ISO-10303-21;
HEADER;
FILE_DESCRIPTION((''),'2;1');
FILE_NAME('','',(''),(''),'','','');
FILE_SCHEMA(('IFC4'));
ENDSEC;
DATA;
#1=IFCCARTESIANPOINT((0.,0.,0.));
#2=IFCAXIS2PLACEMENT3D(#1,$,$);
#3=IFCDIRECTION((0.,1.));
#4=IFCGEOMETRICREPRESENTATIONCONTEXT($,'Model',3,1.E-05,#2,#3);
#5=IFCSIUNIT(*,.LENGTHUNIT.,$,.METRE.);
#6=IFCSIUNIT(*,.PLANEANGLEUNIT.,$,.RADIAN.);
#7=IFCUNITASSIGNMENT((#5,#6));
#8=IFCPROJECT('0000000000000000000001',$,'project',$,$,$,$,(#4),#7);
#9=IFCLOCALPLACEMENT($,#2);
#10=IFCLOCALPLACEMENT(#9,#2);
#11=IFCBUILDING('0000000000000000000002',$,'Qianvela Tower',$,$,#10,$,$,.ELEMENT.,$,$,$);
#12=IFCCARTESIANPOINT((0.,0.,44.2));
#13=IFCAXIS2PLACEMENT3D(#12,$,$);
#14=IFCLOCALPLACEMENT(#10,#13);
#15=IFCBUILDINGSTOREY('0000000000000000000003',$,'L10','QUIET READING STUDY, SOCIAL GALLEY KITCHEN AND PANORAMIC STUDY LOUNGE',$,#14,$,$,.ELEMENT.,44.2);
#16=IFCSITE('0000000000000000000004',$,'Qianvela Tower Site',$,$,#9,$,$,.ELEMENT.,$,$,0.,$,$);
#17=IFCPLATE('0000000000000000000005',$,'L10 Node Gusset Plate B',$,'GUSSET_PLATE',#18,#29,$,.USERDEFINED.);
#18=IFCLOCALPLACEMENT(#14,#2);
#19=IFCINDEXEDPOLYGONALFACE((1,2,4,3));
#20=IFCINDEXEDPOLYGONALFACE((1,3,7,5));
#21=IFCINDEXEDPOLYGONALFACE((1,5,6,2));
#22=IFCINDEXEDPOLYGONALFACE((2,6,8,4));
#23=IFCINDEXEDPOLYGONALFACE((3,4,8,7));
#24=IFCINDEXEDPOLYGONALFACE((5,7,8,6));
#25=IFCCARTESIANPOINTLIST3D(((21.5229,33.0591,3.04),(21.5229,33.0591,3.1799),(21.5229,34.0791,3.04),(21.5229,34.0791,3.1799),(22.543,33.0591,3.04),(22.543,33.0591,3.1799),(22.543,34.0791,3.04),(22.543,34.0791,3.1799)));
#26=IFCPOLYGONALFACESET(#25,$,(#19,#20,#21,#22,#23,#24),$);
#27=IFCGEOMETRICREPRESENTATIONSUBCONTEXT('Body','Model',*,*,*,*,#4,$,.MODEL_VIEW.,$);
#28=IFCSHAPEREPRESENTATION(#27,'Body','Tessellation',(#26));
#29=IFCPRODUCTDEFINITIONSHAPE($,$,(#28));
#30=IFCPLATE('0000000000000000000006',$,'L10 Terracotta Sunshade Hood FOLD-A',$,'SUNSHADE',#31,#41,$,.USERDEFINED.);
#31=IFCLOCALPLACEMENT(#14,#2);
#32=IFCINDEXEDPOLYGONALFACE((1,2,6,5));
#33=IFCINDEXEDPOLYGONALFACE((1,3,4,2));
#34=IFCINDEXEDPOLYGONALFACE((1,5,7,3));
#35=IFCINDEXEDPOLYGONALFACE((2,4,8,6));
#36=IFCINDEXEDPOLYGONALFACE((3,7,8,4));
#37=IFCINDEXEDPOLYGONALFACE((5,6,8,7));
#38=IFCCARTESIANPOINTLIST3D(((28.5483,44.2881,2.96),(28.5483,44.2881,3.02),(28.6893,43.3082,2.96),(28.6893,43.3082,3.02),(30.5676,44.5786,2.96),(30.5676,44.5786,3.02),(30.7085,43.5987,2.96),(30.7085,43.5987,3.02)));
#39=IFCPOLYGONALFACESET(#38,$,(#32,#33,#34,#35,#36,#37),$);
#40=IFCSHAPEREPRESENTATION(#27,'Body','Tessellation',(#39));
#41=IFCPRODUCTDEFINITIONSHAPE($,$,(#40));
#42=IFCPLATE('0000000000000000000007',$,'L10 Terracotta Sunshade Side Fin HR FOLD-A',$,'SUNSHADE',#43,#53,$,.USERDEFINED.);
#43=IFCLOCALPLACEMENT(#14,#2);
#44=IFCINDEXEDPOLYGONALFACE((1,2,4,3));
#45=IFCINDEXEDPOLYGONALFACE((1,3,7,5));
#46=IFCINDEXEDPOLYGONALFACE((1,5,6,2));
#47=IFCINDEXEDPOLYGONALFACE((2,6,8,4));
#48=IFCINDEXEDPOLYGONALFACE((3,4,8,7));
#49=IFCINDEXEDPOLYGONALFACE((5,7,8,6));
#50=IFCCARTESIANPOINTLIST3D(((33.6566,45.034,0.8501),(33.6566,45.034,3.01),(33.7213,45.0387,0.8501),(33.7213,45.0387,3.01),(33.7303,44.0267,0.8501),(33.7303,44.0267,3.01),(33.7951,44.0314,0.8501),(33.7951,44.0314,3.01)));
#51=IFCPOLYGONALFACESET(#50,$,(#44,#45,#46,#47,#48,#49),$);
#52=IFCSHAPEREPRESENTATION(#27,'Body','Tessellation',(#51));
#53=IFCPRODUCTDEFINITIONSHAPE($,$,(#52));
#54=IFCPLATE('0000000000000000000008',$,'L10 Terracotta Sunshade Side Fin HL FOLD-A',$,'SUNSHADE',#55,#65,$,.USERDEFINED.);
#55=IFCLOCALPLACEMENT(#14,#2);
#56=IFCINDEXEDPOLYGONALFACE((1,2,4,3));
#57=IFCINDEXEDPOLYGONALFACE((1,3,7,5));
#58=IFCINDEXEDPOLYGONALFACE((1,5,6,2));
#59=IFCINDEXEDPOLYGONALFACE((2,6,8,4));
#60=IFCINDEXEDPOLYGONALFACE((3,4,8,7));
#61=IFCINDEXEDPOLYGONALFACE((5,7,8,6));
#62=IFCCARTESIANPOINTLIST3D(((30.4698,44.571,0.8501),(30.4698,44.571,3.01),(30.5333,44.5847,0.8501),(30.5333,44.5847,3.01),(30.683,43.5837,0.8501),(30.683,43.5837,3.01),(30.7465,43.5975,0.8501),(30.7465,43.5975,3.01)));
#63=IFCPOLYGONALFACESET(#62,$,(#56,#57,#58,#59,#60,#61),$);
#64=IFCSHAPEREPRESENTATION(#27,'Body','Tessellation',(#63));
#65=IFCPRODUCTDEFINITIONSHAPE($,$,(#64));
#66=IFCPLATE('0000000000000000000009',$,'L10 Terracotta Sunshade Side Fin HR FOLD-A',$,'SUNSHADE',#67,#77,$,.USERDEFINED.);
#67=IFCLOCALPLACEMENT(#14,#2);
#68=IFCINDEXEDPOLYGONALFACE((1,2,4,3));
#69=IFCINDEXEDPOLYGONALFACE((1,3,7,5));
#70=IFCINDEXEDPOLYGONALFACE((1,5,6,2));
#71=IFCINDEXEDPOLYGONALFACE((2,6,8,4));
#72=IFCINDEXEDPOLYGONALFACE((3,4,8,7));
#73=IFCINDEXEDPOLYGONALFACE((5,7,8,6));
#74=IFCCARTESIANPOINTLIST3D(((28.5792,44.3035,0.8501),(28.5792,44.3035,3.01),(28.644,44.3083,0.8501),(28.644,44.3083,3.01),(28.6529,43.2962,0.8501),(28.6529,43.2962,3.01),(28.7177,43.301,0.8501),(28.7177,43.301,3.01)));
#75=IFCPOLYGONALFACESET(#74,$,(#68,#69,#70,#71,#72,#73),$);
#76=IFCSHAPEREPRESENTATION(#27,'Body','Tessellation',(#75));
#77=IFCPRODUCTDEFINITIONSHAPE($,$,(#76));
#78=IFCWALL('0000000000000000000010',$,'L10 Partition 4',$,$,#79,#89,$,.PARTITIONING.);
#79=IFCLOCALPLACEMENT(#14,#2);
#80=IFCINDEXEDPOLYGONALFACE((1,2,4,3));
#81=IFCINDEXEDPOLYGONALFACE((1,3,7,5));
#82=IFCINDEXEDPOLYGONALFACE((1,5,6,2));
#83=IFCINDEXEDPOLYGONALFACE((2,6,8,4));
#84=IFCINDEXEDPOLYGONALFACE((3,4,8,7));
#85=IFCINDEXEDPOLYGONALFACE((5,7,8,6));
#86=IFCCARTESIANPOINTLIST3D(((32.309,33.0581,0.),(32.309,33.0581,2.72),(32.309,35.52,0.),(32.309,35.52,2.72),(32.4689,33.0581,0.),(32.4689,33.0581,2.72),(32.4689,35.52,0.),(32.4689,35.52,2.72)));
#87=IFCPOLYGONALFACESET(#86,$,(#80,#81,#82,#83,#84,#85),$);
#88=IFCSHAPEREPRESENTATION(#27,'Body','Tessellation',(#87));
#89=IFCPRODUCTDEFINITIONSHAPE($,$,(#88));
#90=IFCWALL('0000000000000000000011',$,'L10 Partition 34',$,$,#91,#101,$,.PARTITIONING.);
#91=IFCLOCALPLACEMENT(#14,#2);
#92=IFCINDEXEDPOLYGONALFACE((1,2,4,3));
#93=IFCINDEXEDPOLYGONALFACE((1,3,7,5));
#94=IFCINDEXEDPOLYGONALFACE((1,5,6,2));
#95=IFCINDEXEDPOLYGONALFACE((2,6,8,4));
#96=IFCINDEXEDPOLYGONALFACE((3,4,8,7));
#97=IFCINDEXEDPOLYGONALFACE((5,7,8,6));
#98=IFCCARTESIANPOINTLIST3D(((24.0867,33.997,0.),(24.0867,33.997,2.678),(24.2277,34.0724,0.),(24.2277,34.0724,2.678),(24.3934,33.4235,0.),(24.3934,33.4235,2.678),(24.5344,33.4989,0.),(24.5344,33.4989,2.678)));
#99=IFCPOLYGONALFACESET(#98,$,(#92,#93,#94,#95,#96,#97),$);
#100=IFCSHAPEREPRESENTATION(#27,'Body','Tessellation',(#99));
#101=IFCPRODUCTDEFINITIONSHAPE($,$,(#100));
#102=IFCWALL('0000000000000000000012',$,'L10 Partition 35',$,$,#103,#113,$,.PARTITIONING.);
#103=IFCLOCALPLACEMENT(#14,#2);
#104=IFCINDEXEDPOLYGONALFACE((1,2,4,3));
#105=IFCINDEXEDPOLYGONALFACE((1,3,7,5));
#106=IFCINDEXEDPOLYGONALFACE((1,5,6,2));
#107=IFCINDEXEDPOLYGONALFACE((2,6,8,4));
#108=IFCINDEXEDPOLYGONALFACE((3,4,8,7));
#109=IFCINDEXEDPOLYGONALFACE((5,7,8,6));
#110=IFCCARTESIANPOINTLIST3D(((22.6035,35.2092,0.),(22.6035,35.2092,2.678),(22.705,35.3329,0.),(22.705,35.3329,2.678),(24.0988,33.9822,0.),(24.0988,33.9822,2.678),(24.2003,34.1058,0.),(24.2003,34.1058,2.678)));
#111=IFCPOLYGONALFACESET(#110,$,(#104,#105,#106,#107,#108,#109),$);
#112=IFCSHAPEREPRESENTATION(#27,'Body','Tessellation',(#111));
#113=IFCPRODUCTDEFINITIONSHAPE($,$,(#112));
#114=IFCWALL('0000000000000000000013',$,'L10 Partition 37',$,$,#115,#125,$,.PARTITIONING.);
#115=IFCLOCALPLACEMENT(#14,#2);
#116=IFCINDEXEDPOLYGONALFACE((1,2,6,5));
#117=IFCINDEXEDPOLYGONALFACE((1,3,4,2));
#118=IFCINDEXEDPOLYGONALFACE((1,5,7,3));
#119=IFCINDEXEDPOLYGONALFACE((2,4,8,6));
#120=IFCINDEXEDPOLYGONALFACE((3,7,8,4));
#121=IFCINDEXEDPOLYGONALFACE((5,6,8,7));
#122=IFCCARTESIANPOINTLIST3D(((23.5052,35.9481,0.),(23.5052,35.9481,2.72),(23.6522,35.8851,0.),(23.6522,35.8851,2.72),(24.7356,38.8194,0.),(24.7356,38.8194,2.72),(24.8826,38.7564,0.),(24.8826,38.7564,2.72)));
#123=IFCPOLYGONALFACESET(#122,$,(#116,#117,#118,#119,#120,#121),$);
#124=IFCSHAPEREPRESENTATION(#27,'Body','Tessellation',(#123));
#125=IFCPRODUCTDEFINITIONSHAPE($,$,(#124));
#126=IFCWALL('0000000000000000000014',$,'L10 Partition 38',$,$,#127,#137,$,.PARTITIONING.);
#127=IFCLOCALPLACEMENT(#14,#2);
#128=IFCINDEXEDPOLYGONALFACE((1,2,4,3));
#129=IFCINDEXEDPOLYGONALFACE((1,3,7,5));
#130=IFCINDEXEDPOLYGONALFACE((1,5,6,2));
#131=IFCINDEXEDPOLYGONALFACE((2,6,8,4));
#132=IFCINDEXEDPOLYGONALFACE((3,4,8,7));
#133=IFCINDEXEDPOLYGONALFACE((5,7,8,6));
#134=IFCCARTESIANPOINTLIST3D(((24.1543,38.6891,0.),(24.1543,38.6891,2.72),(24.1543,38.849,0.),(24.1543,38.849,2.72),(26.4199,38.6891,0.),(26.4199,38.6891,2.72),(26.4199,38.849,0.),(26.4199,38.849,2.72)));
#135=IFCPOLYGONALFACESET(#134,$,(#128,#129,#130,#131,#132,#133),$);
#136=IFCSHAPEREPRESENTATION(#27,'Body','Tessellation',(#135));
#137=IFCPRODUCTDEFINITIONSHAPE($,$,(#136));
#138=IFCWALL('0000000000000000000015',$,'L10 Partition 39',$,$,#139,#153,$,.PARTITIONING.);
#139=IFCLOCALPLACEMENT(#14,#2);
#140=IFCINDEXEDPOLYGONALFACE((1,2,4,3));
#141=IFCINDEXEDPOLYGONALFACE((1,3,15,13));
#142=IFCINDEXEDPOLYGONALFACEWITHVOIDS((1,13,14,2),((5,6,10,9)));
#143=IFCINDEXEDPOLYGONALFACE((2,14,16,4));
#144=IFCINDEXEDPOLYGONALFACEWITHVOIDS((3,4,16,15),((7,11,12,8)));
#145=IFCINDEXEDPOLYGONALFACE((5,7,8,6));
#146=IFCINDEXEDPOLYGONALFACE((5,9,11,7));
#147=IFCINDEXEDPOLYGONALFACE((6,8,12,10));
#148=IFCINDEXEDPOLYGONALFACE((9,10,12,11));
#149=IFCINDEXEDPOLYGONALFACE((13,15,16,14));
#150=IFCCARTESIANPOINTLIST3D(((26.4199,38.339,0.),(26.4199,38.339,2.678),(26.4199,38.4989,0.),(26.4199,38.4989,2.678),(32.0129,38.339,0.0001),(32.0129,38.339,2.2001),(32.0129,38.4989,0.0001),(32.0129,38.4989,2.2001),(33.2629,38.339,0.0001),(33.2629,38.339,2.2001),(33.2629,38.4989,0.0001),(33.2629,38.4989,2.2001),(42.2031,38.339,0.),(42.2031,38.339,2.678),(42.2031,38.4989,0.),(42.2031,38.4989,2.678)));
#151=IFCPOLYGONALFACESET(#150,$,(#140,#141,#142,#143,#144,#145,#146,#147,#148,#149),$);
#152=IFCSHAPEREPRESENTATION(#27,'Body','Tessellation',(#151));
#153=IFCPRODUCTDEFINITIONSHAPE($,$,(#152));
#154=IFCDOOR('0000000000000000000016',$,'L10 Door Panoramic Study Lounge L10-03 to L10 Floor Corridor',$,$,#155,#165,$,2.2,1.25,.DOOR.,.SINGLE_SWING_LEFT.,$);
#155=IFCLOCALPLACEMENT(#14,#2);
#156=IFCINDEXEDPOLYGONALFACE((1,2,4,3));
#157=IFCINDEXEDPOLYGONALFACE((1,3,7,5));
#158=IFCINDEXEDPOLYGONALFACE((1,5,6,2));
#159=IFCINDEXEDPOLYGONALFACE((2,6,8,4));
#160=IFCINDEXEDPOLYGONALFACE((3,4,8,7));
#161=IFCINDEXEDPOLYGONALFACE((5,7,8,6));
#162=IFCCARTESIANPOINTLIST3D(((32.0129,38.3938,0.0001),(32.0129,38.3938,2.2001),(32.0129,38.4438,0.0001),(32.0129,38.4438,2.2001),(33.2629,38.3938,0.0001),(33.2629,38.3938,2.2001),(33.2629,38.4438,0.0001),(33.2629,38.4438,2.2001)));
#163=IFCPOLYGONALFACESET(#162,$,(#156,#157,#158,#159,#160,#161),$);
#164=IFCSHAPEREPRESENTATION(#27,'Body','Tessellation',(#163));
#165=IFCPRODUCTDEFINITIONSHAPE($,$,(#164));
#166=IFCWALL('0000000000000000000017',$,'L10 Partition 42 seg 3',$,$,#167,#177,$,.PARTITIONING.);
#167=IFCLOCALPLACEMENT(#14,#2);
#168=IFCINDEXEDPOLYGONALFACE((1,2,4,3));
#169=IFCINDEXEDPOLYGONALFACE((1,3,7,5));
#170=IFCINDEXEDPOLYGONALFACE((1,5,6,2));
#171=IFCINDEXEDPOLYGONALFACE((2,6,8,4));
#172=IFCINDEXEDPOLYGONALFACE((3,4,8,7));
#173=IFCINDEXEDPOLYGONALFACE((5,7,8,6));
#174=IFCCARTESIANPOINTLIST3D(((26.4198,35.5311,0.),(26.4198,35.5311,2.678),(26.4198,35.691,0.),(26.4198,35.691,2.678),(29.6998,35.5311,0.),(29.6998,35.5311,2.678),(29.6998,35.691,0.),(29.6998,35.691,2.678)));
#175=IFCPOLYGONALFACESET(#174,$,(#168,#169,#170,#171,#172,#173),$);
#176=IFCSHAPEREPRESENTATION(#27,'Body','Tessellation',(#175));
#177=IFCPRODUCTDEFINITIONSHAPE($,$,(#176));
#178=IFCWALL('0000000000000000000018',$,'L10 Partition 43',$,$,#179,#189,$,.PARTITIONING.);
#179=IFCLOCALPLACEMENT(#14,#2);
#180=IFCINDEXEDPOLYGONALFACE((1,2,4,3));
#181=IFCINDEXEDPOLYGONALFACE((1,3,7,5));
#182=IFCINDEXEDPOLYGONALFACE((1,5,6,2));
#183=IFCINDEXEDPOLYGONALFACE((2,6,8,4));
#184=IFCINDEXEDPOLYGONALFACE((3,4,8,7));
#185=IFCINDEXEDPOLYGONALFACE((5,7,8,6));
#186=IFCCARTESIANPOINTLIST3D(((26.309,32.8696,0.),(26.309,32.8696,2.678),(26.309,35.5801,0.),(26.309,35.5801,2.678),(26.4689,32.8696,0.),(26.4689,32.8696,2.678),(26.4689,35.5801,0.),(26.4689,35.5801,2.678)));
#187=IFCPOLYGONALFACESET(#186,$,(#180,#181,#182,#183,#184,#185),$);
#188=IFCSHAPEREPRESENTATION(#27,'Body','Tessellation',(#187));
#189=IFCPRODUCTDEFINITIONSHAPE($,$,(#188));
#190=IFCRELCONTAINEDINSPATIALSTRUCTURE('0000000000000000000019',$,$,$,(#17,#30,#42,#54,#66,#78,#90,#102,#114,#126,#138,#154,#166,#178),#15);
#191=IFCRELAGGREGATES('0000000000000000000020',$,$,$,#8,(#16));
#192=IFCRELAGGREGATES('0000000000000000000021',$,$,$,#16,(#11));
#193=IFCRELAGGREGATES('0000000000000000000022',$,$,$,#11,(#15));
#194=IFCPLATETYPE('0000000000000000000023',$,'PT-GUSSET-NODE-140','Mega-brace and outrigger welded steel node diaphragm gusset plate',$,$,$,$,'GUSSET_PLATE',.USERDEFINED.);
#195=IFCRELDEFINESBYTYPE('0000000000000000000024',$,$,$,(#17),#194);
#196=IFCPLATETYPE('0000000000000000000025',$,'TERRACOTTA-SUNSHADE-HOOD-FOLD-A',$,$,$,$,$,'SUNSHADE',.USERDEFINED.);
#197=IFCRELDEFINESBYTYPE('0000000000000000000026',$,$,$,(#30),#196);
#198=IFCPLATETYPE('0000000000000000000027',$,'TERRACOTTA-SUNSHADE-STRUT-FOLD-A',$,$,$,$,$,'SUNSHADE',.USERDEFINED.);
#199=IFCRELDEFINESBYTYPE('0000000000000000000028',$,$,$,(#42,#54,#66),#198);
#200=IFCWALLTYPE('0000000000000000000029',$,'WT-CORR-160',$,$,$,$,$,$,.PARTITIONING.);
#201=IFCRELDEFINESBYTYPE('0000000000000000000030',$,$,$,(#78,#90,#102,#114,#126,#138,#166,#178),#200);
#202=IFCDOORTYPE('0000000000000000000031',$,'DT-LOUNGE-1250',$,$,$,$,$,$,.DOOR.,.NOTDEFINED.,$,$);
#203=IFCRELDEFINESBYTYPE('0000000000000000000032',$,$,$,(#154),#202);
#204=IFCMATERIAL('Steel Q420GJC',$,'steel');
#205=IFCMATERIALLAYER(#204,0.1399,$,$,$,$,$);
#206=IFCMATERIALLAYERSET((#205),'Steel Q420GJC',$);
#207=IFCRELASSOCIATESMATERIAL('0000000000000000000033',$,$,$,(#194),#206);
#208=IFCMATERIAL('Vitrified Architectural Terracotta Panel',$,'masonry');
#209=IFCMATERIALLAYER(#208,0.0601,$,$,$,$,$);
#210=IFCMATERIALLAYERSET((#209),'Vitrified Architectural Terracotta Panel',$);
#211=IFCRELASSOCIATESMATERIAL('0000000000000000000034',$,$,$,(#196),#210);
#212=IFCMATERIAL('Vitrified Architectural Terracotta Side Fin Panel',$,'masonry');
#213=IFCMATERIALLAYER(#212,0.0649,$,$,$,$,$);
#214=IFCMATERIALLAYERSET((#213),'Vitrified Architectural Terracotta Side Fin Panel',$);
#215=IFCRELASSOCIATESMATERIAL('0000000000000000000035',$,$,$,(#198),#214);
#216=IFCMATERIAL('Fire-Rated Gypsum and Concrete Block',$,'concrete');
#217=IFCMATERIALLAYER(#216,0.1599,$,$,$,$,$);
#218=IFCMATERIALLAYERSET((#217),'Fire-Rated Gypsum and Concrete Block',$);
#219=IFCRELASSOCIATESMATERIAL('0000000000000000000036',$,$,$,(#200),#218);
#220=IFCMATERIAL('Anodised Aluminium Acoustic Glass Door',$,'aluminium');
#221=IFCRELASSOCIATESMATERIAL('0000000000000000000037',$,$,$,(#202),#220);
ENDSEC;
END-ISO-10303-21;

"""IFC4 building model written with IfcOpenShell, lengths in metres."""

from ifc_helpers import new_model, si_unit, direction, frame, frame_2d, origin, origin_2d, place, context, subcontext, project, spatial, rectangle, extrude, material, layer, layer_set, type_object, element, fill, save


model = new_model("IFC4")

# Units and contexts
model_context = context("Model", 3, precision=1e-05, world=origin(), true_north=direction((0.0, 1.0)))
body_context = subcontext(model_context, "Body", "Model", "MODEL_VIEW")
ifc_project = project(units=[si_unit("LENGTHUNIT", "METRE"), si_unit("PLANEANGLEUNIT", "RADIAN")], contexts=[model_context])

# Site, building, storey
site_placement = place(None, origin())
site = spatial("IfcSite", under=ifc_project, at=site_placement, Name="Qianvela Tower Site", CompositionType="ELEMENT", RefElevation=0.0)
building_placement = place(site_placement, origin())
building = spatial("IfcBuilding", under=site, at=building_placement, Name="Qianvela Tower", CompositionType="ELEMENT")
storey_placement = place(building_placement, frame((0.0, 0.0, 44.2)))
storey = spatial("IfcBuildingStorey", under=building, at=storey_placement, Name="L10", Description="QUIET READING STUDY, SOCIAL GALLEY KITCHEN AND PANORAMIC STUDY LOUNGE", CompositionType="ELEMENT", Elevation=44.2)

# Plates
ifc_material_1 = material(Name="Steel Q420GJC", Category="steel")
ifc_layer_1 = layer(ifc_material_1, 0.1399)
ifc_layer_set_1 = layer_set([ifc_layer_1], Name="Steel Q420GJC")
plate_type_1 = type_object("IfcPlateType", Name="PT-GUSSET-NODE-140", Description="Mega-brace and outrigger welded steel node diaphragm gusset plate", ElementType="GUSSET_PLATE", PredefinedType="USERDEFINED", material=ifc_layer_set_1)
for number, where, z_axis, x_axis, name in (
    (1, (22.033, 33.5691, 3.04), (0.0, 0.0, 1.0), (1.0, 0.0, 0.0), "L10 Node Gusset Plate B"),
):
    element("IfcPlate", number, at=place(storey_placement, frame(where, z_axis=z_axis, x_axis=x_axis)), inside=storey, type_object=plate_type_1, Name=name, ObjectType="GUSSET_PLATE", PredefinedType="USERDEFINED", context=body_context, shape_type="SweptSolid", body=[
        extrude(rectangle(XDim=1.02, YDim=1.02, at=origin_2d()), origin(), (0.0, 0.0, 1.0), 0.1399),
    ])
ifc_material_2 = material(Name="Vitrified Architectural Terracotta Panel", Category="masonry")
ifc_layer_2 = layer(ifc_material_2, 0.0601)
ifc_layer_set_2 = layer_set([ifc_layer_2], Name="Vitrified Architectural Terracotta Panel")
plate_type_2 = type_object("IfcPlateType", Name="TERRACOTTA-SUNSHADE-HOOD-FOLD-A", ElementType="SUNSHADE", PredefinedType="USERDEFINED", material=ifc_layer_set_2)
plate_1_placement = place(storey_placement, frame((29.6284, 43.9434, 2.96), z_axis=(0.0, 0.0, 1.0), x_axis=(-0.98981, -0.142392, 0.0)))
element("IfcPlate", 2, at=plate_1_placement, inside=storey, type_object=plate_type_2, Name="L10 Terracotta Sunshade Hood FOLD-A", ObjectType="SUNSHADE", PredefinedType="USERDEFINED", context=body_context, shape_type="SweptSolid", body=[
    extrude(rectangle(XDim=2.04, YDim=0.99, at=origin_2d()), origin(), (0.0, 0.0, 1.0), 0.0601),
])
ifc_material_3 = material(Name="Vitrified Architectural Terracotta Side Fin Panel", Category="masonry")
ifc_layer_3 = layer(ifc_material_3, 0.0649)
ifc_layer_set_3 = layer_set([ifc_layer_3], Name="Vitrified Architectural Terracotta Side Fin Panel")
plate_type_3 = type_object("IfcPlateType", Name="TERRACOTTA-SUNSHADE-STRUT-FOLD-A", ElementType="SUNSHADE", PredefinedType="USERDEFINED", material=ifc_layer_set_3)
for number, where, z_axis, x_axis, name in (
    (3, (33.7258, 44.5327, 0.8501), (0.0, 0.0, 1.0), (-0.997332, -0.073, 0.0), "L10 Terracotta Sunshade Side Fin HR FOLD-A"),
    (4, (30.6082, 44.0842, 0.8501), (0.0, 0.0, 1.0), (-0.977466, -0.211091, 0.0), "L10 Terracotta Sunshade Side Fin HL FOLD-A"),
    (5, (28.6484, 43.8022, 0.8501), (0.0, 0.0, 1.0), (-0.997332, -0.073, 0.0), "L10 Terracotta Sunshade Side Fin HR FOLD-A"),
):
    element("IfcPlate", number, at=place(storey_placement, frame(where, z_axis=z_axis, x_axis=x_axis)), inside=storey, type_object=plate_type_3, Name=name, ObjectType="SUNSHADE", PredefinedType="USERDEFINED", context=body_context, shape_type="SweptSolid", body=[
        extrude(rectangle(XDim=0.0649, YDim=1.01, at=origin_2d()), origin(), (0.0, 0.0, 1.0), 2.1599),
    ])

# Shared definitions
ifc_material_4 = material(Name="Fire-Rated Gypsum and Concrete Block", Category="concrete")
ifc_layer_4 = layer(ifc_material_4, 0.1599)
ifc_layer_set_4 = layer_set([ifc_layer_4], Name="Fire-Rated Gypsum and Concrete Block")
wall_type_1 = type_object("IfcWallType", Name="WT-CORR-160", PredefinedType="PARTITIONING", material=ifc_layer_set_4)

# Walls
wall_1_placement = place(storey_placement, frame((32.3889, 35.52, 0.0), z_axis=(0.0, 0.0, 1.0), x_axis=(0.0, -1.0, 0.0)))
element("IfcWall", 6, at=wall_1_placement, inside=storey, type_object=wall_type_1, Name="L10 Partition 4", PredefinedType="PARTITIONING", context=body_context, shape_type="SweptSolid", body=[
    extrude(rectangle(XDim=2.4619, YDim=0.1599, at=frame_2d((1.231, 0.0))), origin(), (0.0, 0.0, 1.0), 2.72),
])
wall_2_placement = place(storey_placement, frame((24.4639, 33.4612, 0.0), z_axis=(0.0, 0.0, 1.0), x_axis=(-0.471523, 0.881854, 0.0)))
element("IfcWall", 7, at=wall_2_placement, inside=storey, type_object=wall_type_1, Name="L10 Partition 34", PredefinedType="PARTITIONING", context=body_context, shape_type="SweptSolid", body=[
    extrude(rectangle(XDim=0.6504, YDim=0.1599, at=frame_2d((0.3252, 0.0))), origin(), (0.0, 0.0, 1.0), 2.678),
])
wall_3_placement = place(storey_placement, frame((24.1497, 34.0439, 0.0), z_axis=(0.0, 0.0, 1.0), x_axis=(-0.773051, 0.634344, 0.0)))
element("IfcWall", 8, at=wall_3_placement, inside=storey, type_object=wall_type_1, Name="L10 Partition 35", PredefinedType="PARTITIONING", context=body_context, shape_type="SweptSolid", body=[
    extrude(rectangle(XDim=1.9343, YDim=0.1599, at=frame_2d((0.9673, 0.0))), origin(), (0.0, 0.0, 1.0), 2.678),
])
wall_4_placement = place(storey_placement, frame((23.5786, 35.9165, 0.0), z_axis=(0.0, 0.0, 1.0), x_axis=(0.393891, 0.919157, 0.0)))
element("IfcWall", 9, at=wall_4_placement, inside=storey, type_object=wall_type_1, Name="L10 Partition 37", PredefinedType="PARTITIONING", context=body_context, shape_type="SweptSolid", body=[
    extrude(rectangle(XDim=3.1238, YDim=0.1599, at=frame_2d((1.562, 0.0))), origin(), (0.0, 0.0, 1.0), 2.72),
])
wall_5_placement = place(storey_placement, frame((24.1543, 38.769, 0.0), z_axis=(0.0, 0.0, 1.0), x_axis=(1.0, 0.0, 0.0)))
element("IfcWall", 10, at=wall_5_placement, inside=storey, type_object=wall_type_1, Name="L10 Partition 38", PredefinedType="PARTITIONING", context=body_context, shape_type="SweptSolid", body=[
    extrude(rectangle(XDim=2.2656, YDim=0.1599, at=frame_2d((1.1328, 0.0))), origin(), (0.0, 0.0, 1.0), 2.72),
])

# Wall, opening, door
wall_6_placement = place(storey_placement, frame((26.4199, 38.4189, 0.0), z_axis=(0.0, 0.0, 1.0), x_axis=(1.0, 0.0, 0.0)))
wall_6 = element("IfcWall", 11, at=wall_6_placement, inside=storey, type_object=wall_type_1, Name="L10 Partition 39", PredefinedType="PARTITIONING", context=body_context, shape_type="SweptSolid", body=[
    extrude(rectangle(XDim=15.7832, YDim=0.1599, at=frame_2d((7.8916, 0.0))), origin(), (0.0, 0.0, 1.0), 2.678),
])
opening_1_placement = place(wall_6_placement, frame((5.593, 0.0, 0.0)))
opening_1 = element("IfcOpeningElement", 12, at=opening_1_placement, cuts=wall_6, PredefinedType="OPENING", context=body_context, shape_type="SweptSolid", body=[
    extrude(rectangle(XDim=1.25, YDim=2.2, at=frame_2d((0.625, 1.1001))), frame((0.0, 0.0898, 0.0), z_axis=(0.0, -1.0, 0.0), x_axis=(1.0, 0.0, 0.0)), (0.0, 0.0, 1.0), 0.1799),
])
ifc_material_5 = material(Name="Anodised Aluminium Acoustic Glass Door", Category="aluminium")
door_type_1 = type_object("IfcDoorType", Name="DT-LOUNGE-1250", OperationType="NOTDEFINED", PredefinedType="DOOR", material=ifc_material_5)
door_1_placement = place(opening_1_placement, origin())
door_1 = element("IfcDoor", 13, at=door_1_placement, inside=storey, type_object=door_type_1, Name="L10 Door Panoramic Study Lounge L10-03 to L10 Floor Corridor", OperationType="SINGLE_SWING_LEFT", OverallHeight=2.2, OverallWidth=1.25, PredefinedType="DOOR", context=body_context, shape_type="SweptSolid", body=[
    extrude(rectangle(XDim=1.25, YDim=2.2, at=frame_2d((0.625, 1.1001))), frame((0.0, 0.0249, 0.0), z_axis=(0.0, -1.0, 0.0), x_axis=(1.0, 0.0, 0.0)), (0.0, 0.0, 1.0), 0.05),
])
fill(opening_1, door_1)

# Walls
wall_7_placement = place(storey_placement, frame((29.7, 35.6111, 0.0), z_axis=(0.0, 0.0, 1.0), x_axis=(-1.0, 0.0, 0.0)))
element("IfcWall", 14, at=wall_7_placement, inside=storey, type_object=wall_type_1, Name="L10 Partition 42 seg 3", PredefinedType="PARTITIONING", context=body_context, shape_type="SweptSolid", body=[
    extrude(rectangle(XDim=3.28, YDim=0.1599, at=frame_2d((1.6401, 0.0))), origin(), (0.0, 0.0, 1.0), 2.678),
])
wall_8_placement = place(storey_placement, frame((26.3889, 35.5801, 0.0), z_axis=(0.0, 0.0, 1.0), x_axis=(0.0, -1.0, 0.0)))
element("IfcWall", 15, at=wall_8_placement, inside=storey, type_object=wall_type_1, Name="L10 Partition 43", PredefinedType="PARTITIONING", context=body_context, shape_type="SweptSolid", body=[
    extrude(rectangle(XDim=2.7104, YDim=0.1599, at=frame_2d((1.3552, 0.0))), origin(), (0.0, 0.0, 1.0), 2.678),
])

save(model, "model.ifc")
